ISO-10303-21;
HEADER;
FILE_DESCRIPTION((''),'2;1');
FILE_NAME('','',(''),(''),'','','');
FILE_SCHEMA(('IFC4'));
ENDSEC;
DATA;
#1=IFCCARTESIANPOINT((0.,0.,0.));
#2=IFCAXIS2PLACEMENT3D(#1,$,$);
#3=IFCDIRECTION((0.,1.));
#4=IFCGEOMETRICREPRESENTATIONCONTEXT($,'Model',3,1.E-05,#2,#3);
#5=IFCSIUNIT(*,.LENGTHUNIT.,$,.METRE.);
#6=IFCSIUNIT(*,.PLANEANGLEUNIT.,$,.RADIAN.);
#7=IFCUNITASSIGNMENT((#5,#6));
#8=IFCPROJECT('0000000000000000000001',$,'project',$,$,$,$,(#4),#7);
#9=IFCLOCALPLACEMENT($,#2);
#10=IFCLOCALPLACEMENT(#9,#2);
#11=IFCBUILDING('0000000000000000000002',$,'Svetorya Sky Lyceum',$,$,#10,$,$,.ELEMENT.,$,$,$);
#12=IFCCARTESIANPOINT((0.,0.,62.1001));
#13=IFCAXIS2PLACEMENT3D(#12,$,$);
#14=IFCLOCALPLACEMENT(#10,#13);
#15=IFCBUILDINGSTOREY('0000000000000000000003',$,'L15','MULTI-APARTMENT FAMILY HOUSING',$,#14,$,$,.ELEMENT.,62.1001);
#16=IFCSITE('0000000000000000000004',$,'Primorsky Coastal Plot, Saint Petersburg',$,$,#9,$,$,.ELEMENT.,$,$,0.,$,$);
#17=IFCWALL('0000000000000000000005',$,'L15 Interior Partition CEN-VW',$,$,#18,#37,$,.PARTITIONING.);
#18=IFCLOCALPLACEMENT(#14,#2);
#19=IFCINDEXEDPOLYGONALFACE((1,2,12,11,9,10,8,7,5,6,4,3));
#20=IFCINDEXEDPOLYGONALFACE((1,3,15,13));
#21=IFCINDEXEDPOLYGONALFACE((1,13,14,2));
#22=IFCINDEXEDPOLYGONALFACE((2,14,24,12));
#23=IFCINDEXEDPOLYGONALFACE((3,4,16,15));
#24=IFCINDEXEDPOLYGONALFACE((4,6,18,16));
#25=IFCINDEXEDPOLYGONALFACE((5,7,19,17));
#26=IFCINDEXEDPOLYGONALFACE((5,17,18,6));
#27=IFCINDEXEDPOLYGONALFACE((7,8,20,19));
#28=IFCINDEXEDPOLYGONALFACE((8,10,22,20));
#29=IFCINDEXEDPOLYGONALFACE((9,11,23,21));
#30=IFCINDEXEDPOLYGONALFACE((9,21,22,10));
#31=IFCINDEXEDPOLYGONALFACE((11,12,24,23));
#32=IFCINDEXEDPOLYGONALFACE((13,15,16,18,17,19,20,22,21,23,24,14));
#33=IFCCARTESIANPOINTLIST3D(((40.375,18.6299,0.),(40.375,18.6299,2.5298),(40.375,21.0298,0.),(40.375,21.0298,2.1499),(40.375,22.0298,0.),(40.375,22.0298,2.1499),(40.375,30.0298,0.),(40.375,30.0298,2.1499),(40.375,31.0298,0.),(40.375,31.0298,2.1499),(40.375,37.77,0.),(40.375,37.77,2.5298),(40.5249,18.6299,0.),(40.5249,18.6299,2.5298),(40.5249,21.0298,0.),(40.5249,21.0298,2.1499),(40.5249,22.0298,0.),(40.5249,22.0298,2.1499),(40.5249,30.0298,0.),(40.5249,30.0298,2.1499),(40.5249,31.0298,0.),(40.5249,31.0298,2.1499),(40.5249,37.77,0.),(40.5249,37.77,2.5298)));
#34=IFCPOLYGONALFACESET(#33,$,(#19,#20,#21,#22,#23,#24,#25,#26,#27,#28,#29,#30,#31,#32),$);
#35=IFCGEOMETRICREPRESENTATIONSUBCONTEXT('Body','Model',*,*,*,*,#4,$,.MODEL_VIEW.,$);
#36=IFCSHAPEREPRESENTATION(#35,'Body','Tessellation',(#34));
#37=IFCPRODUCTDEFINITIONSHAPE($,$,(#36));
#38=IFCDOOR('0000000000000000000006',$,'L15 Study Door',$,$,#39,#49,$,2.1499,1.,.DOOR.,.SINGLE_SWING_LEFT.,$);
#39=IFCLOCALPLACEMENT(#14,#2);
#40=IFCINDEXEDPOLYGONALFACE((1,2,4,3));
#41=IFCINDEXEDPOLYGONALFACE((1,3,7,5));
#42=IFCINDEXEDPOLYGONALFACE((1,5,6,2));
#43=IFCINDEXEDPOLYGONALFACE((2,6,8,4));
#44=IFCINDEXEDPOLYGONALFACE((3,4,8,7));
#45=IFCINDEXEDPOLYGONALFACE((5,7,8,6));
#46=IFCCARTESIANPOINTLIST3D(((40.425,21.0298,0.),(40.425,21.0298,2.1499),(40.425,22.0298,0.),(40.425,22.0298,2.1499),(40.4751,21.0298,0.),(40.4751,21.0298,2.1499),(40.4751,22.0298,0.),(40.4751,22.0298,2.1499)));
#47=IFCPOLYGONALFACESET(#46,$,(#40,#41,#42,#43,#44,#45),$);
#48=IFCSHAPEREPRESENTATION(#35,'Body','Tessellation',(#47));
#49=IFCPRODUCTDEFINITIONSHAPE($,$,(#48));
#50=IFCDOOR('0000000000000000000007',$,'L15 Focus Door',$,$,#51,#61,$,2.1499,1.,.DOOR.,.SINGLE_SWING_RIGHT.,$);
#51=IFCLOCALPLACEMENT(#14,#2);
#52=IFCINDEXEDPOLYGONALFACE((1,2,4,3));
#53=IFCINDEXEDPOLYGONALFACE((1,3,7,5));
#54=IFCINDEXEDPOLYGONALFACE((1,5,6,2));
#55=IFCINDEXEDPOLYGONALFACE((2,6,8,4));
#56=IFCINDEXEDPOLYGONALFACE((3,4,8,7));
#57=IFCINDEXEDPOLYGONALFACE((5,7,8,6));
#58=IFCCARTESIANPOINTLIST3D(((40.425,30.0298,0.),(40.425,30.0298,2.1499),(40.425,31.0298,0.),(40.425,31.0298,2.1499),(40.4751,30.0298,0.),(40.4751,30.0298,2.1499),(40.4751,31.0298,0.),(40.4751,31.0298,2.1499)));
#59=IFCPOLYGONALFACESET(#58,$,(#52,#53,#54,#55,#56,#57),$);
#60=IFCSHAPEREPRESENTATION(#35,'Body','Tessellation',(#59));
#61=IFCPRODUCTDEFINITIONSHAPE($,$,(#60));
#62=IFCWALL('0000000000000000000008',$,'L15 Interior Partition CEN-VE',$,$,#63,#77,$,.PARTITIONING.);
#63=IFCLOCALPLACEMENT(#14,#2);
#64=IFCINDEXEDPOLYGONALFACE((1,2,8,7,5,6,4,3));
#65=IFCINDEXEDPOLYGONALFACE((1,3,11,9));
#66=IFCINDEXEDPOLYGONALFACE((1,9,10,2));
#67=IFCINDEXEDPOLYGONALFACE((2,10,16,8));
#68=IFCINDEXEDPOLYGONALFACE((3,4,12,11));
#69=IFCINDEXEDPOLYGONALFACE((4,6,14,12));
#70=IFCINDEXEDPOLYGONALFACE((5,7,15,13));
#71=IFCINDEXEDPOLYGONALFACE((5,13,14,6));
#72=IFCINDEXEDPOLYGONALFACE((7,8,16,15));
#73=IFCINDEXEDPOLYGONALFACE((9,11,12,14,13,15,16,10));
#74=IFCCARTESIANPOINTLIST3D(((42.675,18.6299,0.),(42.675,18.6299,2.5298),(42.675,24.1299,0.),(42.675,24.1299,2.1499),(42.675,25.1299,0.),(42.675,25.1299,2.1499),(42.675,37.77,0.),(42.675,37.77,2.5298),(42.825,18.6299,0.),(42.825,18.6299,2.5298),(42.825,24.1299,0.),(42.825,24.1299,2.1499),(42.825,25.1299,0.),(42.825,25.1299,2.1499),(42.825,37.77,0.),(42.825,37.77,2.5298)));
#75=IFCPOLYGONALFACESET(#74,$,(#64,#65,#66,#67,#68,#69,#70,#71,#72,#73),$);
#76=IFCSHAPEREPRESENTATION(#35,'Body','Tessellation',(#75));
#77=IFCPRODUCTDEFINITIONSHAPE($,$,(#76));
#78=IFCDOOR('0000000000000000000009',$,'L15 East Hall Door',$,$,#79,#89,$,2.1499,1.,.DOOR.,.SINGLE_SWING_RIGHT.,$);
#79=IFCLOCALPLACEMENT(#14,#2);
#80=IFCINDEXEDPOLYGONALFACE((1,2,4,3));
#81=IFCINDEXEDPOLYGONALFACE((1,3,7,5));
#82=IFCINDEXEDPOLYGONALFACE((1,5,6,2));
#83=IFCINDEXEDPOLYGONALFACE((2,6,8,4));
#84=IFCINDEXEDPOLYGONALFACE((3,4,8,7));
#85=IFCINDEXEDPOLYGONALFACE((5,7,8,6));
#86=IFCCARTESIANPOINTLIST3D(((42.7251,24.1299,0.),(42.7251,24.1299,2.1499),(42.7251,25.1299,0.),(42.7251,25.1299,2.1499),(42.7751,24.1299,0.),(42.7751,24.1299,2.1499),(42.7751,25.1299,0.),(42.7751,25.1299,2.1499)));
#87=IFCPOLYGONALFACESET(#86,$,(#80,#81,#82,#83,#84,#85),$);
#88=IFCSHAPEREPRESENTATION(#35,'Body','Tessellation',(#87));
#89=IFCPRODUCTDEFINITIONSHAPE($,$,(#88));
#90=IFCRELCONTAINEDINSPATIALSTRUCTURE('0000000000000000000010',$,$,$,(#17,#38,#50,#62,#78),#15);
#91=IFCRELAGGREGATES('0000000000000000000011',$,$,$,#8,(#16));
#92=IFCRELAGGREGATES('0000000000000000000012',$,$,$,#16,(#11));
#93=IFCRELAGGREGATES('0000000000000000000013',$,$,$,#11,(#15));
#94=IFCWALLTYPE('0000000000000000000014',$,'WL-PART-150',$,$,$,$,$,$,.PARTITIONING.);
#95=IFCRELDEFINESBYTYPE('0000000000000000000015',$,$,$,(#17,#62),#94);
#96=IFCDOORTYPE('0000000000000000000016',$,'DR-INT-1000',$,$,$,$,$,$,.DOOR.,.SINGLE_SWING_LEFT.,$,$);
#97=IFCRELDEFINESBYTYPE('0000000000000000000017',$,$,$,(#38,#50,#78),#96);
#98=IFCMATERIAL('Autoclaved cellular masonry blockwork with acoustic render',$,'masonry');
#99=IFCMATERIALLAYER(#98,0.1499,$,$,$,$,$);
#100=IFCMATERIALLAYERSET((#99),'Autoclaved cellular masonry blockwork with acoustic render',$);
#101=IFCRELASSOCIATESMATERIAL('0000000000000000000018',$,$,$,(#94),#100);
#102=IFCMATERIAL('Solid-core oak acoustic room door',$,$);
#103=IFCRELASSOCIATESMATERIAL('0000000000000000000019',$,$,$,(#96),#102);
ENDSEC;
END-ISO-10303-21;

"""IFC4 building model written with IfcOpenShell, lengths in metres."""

from ifc_helpers import new_model, si_unit, direction, frame, frame_2d, origin, place, context, subcontext, project, spatial, rectangle, extrude, material, layer, layer_set, type_object, element, fill, save


model = new_model("IFC4")

# Units and contexts
model_context = context("Model", 3, precision=1e-05, world=origin(), true_north=direction((0.0, 1.0)))
body_context = subcontext(model_context, "Body", "Model", "MODEL_VIEW")
ifc_project = project(units=[si_unit("LENGTHUNIT", "METRE"), si_unit("PLANEANGLEUNIT", "RADIAN")], contexts=[model_context])

# Site, building, storey
site_placement = place(None, origin())
site = spatial("IfcSite", under=ifc_project, at=site_placement, Name="Primorsky Coastal Plot, Saint Petersburg", CompositionType="ELEMENT", RefElevation=0.0)
building_placement = place(site_placement, origin())
building = spatial("IfcBuilding", under=site, at=building_placement, Name="Svetorya Sky Lyceum", CompositionType="ELEMENT")
storey_placement = place(building_placement, frame((0.0, 0.0, 62.1001)))
storey = spatial("IfcBuildingStorey", under=building, at=storey_placement, Name="L15", Description="MULTI-APARTMENT FAMILY HOUSING", CompositionType="ELEMENT", Elevation=62.1001)

# Shared definitions
ifc_material_1 = material(Name="Autoclaved cellular masonry blockwork with acoustic render", Category="masonry")
ifc_layer_1 = layer(ifc_material_1, 0.1499)
ifc_layer_set_1 = layer_set([ifc_layer_1], Name="Autoclaved cellular masonry blockwork with acoustic render")
wall_type_1 = type_object("IfcWallType", Name="WL-PART-150", PredefinedType="PARTITIONING", material=ifc_layer_set_1)

# Wall, openings, doors
wall_1_placement = place(storey_placement, frame((40.45, 18.6299, 0.0), z_axis=(0.0, 0.0, 1.0), x_axis=(0.0, 1.0, 0.0)))
wall_1 = element("IfcWall", 1, at=wall_1_placement, inside=storey, type_object=wall_type_1, Name="L15 Interior Partition CEN-VW", PredefinedType="PARTITIONING", context=body_context, shape_type="SweptSolid", body=[
    extrude(rectangle(XDim=19.1401, YDim=0.1499, at=frame_2d((9.5701, 0.0))), origin(), (0.0, 0.0, 1.0), 2.5298),
])
opening_1_placement = place(wall_1_placement, frame((2.3999, 0.0, 0.0)))
opening_1 = element("IfcOpeningElement", 2, at=opening_1_placement, cuts=wall_1, PredefinedType="OPENING", context=body_context, shape_type="SweptSolid", body=[
    extrude(rectangle(XDim=1.0, YDim=2.1499, at=frame_2d((0.5, 1.075))), frame((0.0, 0.085, 0.0), z_axis=(0.0, -1.0, 0.0), x_axis=(1.0, 0.0, 0.0)), (0.0, 0.0, 1.0), 0.1699),
])
opening_2_placement = place(wall_1_placement, frame((11.3999, 0.0, 0.0)))
opening_2 = element("IfcOpeningElement", 3, at=opening_2_placement, cuts=wall_1, PredefinedType="OPENING", context=body_context, shape_type="SweptSolid", body=[
    extrude(rectangle(XDim=1.0, YDim=2.1499, at=frame_2d((0.5, 1.075))), frame((0.0, 0.085, 0.0), z_axis=(0.0, -1.0, 0.0), x_axis=(1.0, 0.0, 0.0)), (0.0, 0.0, 1.0), 0.1699),
])
ifc_material_2 = material(Name="Solid-core oak acoustic room door")
door_type_1 = type_object("IfcDoorType", Name="DR-INT-1000", OperationType="SINGLE_SWING_LEFT", PredefinedType="DOOR", material=ifc_material_2)
door_1_placement = place(opening_1_placement, origin())
door_1 = element("IfcDoor", 4, at=door_1_placement, inside=storey, type_object=door_type_1, Name="L15 Study Door", OperationType="SINGLE_SWING_LEFT", OverallHeight=2.1499, OverallWidth=1.0, PredefinedType="DOOR", context=body_context, shape_type="SweptSolid", body=[
    extrude(rectangle(XDim=1.0, YDim=2.1499, at=frame_2d((0.5, 1.075))), frame((0.0, 0.0249, 0.0), z_axis=(0.0, -1.0, 0.0), x_axis=(1.0, 0.0, 0.0)), (0.0, 0.0, 1.0), 0.05),
])
fill(opening_1, door_1)
door_2_placement = place(opening_2_placement, origin())
door_2 = element("IfcDoor", 5, at=door_2_placement, inside=storey, type_object=door_type_1, Name="L15 Focus Door", OperationType="SINGLE_SWING_RIGHT", OverallHeight=2.1499, OverallWidth=1.0, PredefinedType="DOOR", context=body_context, shape_type="SweptSolid", body=[
    extrude(rectangle(XDim=1.0, YDim=2.1499, at=frame_2d((0.5, 1.075))), frame((0.0, 0.0249, 0.0), z_axis=(0.0, -1.0, 0.0), x_axis=(1.0, 0.0, 0.0)), (0.0, 0.0, 1.0), 0.05),
])
fill(opening_2, door_2)

# Wall, opening, door
wall_2_placement = place(storey_placement, frame((42.75, 18.6299, 0.0), z_axis=(0.0, 0.0, 1.0), x_axis=(0.0, 1.0, 0.0)))
wall_2 = element("IfcWall", 6, at=wall_2_placement, inside=storey, type_object=wall_type_1, Name="L15 Interior Partition CEN-VE", PredefinedType="PARTITIONING", context=body_context, shape_type="SweptSolid", body=[
    extrude(rectangle(XDim=19.1401, YDim=0.1499, at=frame_2d((9.5701, 0.0))), origin(), (0.0, 0.0, 1.0), 2.5298),
])
opening_3_placement = place(wall_2_placement, frame((5.5, 0.0, 0.0)))
opening_3 = element("IfcOpeningElement", 7, at=opening_3_placement, cuts=wall_2, PredefinedType="OPENING", context=body_context, shape_type="SweptSolid", body=[
    extrude(rectangle(XDim=1.0, YDim=2.1499, at=frame_2d((0.5, 1.075))), frame((0.0, 0.085, 0.0), z_axis=(0.0, -1.0, 0.0), x_axis=(1.0, 0.0, 0.0)), (0.0, 0.0, 1.0), 0.1699),
])
door_3_placement = place(opening_3_placement, origin())
door_3 = element("IfcDoor", 8, at=door_3_placement, inside=storey, type_object=door_type_1, Name="L15 East Hall Door", OperationType="SINGLE_SWING_RIGHT", OverallHeight=2.1499, OverallWidth=1.0, PredefinedType="DOOR", context=body_context, shape_type="SweptSolid", body=[
    extrude(rectangle(XDim=1.0, YDim=2.1499, at=frame_2d((0.5, 1.075))), frame((0.0, 0.0249, 0.0), z_axis=(0.0, -1.0, 0.0), x_axis=(1.0, 0.0, 0.0)), (0.0, 0.0, 1.0), 0.05),
])
fill(opening_3, door_3)

save(model, "model.ifc")
